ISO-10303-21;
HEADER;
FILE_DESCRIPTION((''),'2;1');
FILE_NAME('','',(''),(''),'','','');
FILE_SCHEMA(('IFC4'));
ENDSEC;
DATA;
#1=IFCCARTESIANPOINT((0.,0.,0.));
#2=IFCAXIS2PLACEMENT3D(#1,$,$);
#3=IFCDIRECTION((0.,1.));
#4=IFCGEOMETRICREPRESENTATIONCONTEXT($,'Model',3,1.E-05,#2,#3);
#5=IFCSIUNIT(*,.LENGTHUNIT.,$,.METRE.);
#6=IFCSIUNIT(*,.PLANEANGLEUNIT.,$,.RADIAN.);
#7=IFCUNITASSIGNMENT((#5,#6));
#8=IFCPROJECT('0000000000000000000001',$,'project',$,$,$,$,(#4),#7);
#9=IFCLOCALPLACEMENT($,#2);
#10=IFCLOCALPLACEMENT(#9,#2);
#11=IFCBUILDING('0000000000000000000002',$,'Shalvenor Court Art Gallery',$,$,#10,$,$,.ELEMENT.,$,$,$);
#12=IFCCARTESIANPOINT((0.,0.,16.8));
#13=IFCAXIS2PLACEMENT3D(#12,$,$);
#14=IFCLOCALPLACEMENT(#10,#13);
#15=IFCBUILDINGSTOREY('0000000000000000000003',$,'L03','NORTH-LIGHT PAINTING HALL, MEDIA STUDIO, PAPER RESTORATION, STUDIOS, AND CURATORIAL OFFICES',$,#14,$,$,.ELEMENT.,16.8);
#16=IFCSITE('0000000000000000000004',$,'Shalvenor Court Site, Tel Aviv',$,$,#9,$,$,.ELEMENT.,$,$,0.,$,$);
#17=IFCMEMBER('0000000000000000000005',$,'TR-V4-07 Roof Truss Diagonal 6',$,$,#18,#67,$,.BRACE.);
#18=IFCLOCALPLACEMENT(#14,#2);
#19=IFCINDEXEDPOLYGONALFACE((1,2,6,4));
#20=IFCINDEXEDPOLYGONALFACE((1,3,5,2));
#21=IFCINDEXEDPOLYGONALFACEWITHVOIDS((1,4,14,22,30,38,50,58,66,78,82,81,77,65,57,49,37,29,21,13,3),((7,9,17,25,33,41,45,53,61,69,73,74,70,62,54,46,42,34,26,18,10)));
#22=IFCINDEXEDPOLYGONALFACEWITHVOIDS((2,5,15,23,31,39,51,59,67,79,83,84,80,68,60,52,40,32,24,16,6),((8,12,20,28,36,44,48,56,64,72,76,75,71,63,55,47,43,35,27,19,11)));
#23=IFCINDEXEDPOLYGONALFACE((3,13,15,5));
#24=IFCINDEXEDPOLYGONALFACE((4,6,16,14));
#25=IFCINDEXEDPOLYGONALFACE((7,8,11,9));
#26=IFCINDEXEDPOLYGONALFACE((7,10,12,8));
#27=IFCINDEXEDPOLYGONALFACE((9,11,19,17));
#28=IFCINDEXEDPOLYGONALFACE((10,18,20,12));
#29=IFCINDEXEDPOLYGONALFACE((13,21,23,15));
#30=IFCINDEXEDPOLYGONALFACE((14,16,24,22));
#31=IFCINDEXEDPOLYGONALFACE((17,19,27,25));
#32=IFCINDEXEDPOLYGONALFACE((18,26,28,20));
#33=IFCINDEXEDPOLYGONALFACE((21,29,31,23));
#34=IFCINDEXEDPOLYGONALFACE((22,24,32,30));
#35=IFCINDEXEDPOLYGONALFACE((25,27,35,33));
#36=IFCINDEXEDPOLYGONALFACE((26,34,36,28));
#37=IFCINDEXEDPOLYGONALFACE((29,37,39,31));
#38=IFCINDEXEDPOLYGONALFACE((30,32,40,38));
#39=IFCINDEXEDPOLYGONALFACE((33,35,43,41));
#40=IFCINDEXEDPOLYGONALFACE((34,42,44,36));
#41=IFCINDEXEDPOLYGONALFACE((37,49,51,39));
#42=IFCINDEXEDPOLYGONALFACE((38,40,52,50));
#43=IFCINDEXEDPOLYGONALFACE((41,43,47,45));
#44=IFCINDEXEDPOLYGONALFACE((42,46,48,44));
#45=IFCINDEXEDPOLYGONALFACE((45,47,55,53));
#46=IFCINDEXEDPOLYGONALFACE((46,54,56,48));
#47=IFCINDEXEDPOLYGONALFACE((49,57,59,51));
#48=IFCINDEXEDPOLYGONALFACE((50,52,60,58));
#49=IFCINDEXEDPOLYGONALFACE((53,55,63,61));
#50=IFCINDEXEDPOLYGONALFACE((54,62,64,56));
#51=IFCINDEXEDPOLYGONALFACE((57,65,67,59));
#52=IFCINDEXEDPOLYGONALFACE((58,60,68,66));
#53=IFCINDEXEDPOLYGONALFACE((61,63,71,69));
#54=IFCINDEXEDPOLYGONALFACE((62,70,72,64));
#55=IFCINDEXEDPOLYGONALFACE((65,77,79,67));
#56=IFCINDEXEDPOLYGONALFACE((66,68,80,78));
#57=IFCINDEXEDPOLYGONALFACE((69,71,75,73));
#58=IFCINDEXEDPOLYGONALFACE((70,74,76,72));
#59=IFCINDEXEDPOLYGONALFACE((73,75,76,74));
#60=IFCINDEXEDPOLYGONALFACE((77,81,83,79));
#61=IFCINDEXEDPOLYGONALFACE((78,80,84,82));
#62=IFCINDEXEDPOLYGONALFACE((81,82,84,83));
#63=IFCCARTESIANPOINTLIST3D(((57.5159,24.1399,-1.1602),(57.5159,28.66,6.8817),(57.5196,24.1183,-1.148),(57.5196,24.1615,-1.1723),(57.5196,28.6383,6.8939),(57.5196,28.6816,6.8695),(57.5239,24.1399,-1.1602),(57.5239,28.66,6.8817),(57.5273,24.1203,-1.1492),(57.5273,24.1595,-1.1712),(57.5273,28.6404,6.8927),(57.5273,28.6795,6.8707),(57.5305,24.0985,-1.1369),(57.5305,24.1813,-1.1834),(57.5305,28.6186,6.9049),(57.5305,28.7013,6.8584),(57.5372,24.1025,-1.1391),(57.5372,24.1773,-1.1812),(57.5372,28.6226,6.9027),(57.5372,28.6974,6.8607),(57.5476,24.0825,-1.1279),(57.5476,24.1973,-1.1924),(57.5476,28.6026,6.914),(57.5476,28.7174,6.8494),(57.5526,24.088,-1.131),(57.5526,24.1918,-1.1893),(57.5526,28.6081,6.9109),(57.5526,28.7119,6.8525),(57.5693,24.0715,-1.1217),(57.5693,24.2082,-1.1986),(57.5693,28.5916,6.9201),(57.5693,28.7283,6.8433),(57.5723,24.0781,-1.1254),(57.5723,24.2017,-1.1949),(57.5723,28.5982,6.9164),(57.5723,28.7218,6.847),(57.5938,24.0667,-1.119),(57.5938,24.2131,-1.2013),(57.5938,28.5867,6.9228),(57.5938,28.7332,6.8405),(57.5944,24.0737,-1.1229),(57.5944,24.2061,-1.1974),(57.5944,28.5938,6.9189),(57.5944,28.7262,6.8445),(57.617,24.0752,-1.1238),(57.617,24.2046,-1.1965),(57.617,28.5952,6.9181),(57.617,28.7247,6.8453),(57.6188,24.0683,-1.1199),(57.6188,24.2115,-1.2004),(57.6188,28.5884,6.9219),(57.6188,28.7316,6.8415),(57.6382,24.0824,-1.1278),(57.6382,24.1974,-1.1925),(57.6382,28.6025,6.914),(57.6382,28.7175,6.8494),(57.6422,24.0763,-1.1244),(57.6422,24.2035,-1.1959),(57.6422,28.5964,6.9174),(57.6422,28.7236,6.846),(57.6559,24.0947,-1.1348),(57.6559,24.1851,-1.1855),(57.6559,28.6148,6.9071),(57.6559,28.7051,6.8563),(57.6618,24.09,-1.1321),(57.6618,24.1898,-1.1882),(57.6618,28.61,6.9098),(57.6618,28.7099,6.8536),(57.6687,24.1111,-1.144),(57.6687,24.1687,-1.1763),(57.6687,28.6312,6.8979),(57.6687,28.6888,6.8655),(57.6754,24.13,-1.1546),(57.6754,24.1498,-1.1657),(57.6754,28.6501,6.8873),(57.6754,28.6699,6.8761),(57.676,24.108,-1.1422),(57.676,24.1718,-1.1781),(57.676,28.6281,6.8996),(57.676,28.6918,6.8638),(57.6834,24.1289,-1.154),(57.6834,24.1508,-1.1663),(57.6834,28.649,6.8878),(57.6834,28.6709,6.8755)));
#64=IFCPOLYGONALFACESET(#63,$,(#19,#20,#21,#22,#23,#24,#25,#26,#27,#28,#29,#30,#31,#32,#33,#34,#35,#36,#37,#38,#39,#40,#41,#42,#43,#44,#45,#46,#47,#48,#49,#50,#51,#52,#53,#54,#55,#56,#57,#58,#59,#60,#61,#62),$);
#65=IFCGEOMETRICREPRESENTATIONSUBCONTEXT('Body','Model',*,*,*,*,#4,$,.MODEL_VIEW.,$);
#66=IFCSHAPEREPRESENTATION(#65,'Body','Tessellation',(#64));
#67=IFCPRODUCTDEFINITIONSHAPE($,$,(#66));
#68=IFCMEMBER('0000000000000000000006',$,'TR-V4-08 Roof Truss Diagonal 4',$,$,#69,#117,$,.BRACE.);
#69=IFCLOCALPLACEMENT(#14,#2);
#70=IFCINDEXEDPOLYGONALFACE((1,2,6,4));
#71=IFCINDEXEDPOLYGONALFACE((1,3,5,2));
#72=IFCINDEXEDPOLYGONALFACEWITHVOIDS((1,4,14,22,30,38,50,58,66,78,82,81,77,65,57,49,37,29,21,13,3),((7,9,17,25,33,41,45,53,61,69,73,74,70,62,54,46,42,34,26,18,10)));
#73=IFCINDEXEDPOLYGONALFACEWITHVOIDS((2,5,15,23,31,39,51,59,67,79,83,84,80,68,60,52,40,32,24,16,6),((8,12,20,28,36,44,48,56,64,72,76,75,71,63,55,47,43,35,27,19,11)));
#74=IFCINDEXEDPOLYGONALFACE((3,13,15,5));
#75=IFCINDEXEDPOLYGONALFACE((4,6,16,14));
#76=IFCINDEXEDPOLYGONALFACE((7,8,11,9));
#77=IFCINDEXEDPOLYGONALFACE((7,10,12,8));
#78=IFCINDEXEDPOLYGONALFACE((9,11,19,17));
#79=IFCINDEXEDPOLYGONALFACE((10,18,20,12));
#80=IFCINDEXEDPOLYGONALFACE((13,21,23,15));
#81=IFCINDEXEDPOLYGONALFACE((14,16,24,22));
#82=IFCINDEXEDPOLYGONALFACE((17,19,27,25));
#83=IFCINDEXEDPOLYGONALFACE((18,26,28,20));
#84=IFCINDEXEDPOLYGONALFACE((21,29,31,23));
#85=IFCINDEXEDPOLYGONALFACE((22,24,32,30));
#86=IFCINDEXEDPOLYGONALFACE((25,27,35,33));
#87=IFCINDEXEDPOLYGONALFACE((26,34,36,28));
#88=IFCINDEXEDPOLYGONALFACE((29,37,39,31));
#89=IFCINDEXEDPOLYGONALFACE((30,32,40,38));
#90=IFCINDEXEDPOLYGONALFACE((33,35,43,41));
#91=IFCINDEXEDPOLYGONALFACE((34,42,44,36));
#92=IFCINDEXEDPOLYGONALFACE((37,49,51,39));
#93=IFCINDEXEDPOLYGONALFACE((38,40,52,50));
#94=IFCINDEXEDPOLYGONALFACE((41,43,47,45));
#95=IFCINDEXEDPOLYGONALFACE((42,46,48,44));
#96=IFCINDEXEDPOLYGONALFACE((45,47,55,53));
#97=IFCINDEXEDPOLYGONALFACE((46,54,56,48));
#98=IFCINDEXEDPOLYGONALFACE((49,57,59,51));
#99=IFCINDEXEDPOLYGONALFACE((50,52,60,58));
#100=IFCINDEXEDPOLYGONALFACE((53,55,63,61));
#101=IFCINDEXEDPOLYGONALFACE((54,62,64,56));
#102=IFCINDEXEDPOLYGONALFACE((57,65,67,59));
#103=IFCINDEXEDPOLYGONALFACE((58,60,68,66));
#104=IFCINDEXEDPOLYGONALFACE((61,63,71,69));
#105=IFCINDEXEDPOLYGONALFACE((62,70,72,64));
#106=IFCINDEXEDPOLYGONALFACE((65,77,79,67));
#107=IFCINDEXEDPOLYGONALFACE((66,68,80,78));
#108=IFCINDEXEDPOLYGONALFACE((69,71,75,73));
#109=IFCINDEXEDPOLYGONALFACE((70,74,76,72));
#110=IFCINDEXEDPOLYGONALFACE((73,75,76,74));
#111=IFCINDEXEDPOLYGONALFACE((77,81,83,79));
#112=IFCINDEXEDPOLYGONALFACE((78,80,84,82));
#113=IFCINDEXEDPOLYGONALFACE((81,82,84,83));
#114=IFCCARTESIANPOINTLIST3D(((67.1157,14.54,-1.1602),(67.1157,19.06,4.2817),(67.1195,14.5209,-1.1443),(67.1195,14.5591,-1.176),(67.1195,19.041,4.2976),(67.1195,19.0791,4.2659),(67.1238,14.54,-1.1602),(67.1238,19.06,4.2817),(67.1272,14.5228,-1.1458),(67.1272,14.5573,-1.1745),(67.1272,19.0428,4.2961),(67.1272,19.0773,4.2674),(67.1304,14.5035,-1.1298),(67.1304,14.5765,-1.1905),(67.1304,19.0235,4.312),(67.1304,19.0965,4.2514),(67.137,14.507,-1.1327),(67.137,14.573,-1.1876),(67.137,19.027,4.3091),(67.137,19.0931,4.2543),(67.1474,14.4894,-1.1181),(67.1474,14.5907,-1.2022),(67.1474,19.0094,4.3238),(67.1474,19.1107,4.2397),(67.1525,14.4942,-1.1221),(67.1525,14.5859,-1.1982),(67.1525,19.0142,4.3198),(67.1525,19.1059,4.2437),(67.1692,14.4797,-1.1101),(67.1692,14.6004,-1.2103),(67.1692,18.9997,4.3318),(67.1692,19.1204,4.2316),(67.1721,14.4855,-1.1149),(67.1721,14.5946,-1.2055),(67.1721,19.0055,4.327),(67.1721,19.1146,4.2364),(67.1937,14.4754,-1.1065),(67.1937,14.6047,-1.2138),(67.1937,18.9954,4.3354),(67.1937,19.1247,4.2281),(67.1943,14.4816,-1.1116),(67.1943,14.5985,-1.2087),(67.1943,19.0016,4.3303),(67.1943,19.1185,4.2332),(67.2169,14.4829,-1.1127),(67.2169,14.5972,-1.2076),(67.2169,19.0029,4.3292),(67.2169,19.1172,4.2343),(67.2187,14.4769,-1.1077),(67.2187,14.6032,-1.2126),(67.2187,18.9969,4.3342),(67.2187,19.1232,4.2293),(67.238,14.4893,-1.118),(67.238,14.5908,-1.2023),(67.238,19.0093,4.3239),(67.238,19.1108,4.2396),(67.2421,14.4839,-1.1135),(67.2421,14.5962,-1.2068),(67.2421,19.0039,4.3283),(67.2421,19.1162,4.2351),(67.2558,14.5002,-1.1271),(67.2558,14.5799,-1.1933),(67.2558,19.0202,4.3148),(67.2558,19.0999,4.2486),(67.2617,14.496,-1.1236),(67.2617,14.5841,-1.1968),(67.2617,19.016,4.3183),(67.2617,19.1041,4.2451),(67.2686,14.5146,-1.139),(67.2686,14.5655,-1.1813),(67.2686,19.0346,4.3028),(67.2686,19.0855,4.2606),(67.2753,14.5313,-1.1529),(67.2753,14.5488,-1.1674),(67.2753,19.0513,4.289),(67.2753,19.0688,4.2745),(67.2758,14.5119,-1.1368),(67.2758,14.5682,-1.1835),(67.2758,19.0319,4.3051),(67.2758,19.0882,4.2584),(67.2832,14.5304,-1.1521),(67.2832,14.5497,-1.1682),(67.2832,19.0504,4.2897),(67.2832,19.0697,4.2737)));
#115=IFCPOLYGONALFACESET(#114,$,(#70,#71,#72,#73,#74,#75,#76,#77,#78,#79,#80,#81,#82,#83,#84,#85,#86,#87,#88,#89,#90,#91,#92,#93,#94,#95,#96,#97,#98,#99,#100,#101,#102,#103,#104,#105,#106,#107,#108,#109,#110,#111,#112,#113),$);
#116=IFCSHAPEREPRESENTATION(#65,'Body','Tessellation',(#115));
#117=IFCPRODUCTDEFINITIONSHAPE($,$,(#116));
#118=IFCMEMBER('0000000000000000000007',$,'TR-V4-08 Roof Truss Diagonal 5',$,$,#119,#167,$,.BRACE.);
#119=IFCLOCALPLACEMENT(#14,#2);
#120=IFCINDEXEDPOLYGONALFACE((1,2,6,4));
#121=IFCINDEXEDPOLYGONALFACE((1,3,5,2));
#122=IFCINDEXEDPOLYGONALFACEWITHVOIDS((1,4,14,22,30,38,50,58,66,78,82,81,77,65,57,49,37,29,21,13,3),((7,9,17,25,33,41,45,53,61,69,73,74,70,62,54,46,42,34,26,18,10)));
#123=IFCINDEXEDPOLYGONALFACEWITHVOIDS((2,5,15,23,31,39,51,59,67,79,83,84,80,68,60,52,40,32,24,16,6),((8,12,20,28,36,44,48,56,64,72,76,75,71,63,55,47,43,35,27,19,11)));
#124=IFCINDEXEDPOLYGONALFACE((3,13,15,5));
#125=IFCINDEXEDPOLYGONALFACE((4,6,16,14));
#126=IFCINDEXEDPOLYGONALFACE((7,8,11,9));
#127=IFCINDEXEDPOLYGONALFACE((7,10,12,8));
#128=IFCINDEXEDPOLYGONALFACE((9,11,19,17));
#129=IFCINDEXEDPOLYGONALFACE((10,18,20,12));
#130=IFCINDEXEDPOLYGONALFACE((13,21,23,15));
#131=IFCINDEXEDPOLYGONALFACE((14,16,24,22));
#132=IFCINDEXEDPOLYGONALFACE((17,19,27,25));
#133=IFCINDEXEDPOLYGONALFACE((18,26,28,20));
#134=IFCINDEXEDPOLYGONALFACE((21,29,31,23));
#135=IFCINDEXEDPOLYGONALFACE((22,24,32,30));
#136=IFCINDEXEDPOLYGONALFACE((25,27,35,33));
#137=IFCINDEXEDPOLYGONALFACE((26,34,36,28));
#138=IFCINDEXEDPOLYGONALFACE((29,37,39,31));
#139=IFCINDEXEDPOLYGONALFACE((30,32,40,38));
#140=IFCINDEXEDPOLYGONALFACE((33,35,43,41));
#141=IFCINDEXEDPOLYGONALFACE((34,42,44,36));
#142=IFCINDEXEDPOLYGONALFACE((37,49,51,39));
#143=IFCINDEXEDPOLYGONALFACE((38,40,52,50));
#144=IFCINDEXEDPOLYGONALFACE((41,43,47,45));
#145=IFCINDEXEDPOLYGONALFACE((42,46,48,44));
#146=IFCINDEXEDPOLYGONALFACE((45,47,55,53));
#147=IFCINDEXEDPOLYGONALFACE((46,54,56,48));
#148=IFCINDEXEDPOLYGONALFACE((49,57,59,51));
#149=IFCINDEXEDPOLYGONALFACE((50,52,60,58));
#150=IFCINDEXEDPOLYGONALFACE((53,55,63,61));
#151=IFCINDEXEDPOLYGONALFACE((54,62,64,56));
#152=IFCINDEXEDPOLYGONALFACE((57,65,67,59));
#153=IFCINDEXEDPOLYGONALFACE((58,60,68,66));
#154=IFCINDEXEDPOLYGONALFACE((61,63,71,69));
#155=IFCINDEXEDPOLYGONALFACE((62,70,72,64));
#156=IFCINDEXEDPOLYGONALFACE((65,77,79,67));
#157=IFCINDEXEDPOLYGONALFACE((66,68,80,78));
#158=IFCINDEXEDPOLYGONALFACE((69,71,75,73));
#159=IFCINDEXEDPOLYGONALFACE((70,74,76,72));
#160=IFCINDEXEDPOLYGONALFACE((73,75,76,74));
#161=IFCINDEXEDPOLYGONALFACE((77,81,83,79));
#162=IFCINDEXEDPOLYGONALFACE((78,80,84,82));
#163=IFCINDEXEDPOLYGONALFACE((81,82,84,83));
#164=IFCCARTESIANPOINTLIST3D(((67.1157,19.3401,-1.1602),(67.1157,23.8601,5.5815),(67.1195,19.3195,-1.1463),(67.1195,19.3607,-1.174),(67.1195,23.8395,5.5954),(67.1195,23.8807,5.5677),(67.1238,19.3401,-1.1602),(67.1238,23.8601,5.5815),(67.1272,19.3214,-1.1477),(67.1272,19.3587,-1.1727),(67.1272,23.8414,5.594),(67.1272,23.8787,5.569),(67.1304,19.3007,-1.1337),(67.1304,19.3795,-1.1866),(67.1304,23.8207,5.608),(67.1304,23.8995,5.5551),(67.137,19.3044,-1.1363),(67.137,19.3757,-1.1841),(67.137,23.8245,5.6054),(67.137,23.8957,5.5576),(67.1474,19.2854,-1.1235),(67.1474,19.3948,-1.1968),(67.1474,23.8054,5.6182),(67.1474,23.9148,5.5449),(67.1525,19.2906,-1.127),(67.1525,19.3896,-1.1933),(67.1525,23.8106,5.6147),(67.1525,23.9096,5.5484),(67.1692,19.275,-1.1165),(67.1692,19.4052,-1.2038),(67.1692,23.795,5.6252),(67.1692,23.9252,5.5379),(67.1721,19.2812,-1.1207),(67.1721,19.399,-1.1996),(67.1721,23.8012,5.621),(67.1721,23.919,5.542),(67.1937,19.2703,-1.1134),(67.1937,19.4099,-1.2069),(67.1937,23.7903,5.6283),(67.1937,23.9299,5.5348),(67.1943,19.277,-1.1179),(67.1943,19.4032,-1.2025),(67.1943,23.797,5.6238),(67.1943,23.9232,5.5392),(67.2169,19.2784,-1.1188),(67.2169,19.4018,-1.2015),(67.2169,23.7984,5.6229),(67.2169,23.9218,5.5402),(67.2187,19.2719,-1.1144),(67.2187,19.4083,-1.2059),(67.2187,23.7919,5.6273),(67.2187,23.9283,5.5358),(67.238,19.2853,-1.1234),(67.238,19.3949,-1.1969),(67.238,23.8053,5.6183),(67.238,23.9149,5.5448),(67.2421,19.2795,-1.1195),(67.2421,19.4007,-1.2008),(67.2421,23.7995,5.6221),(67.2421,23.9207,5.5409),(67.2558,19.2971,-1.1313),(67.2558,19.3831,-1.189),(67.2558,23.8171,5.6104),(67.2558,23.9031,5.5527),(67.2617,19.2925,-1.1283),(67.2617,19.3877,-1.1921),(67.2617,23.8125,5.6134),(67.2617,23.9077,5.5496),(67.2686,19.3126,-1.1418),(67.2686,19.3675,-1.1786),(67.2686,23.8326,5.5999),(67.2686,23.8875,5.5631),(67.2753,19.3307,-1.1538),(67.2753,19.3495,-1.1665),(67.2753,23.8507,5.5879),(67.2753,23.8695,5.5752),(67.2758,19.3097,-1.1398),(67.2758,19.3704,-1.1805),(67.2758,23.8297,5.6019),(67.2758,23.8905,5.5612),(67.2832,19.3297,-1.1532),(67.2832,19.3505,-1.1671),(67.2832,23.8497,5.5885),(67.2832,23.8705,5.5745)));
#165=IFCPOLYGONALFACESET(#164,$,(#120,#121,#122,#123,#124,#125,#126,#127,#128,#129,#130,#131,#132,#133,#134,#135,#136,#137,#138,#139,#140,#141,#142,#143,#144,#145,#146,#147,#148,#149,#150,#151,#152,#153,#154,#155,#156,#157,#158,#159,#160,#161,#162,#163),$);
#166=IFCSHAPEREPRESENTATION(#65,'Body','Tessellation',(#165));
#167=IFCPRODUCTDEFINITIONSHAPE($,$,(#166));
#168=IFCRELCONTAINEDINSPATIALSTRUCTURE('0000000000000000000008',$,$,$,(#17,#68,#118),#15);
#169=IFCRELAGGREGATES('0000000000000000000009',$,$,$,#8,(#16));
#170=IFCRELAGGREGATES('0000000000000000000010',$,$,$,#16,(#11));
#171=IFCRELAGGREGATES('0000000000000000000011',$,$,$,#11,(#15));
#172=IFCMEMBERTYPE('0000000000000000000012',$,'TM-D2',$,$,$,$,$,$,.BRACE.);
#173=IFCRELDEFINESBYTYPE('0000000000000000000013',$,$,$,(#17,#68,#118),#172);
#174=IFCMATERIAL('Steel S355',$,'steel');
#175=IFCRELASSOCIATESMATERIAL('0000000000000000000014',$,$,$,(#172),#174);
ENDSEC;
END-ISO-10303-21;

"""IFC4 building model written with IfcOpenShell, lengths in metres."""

from ifc_helpers import new_model, si_unit, direction, frame, origin, origin_2d, place, context, subcontext, project, spatial, hollow_circle, extrude, material, material_profile, profile_set, type_object, element, save


model = new_model("IFC4")

# Units and contexts
model_context = context("Model", 3, precision=1e-05, world=origin(), true_north=direction((0.0, 1.0)))
body_context = subcontext(model_context, "Body", "Model", "MODEL_VIEW")
ifc_project = project(units=[si_unit("LENGTHUNIT", "METRE"), si_unit("PLANEANGLEUNIT", "RADIAN")], contexts=[model_context])

# Site, building, storey
site_placement = place(None, origin())
site = spatial("IfcSite", under=ifc_project, at=site_placement, Name="Shalvenor Court Site, Tel Aviv", CompositionType="ELEMENT", RefElevation=0.0)
building_placement = place(site_placement, origin())
building = spatial("IfcBuilding", under=site, at=building_placement, Name="Shalvenor Court Art Gallery", CompositionType="ELEMENT")
storey_placement = place(building_placement, frame((0.0, 0.0, 16.8)))
storey = spatial("IfcBuildingStorey", under=building, at=storey_placement, Name="L03", Description="NORTH-LIGHT PAINTING HALL, MEDIA STUDIO, PAPER RESTORATION, STUDIOS, AND CURATORIAL OFFICES", CompositionType="ELEMENT", Elevation=16.8)

# Members
ifc_material_1 = material(Name="Steel S355", Category="steel")
ifc_material_profile_1 = material_profile(ifc_material_1, hollow_circle(Radius=0.0842, WallThickness=0.0081, at=origin_2d()), Name="CHS 168.3x8.0")
ifc_profile_set_1 = profile_set([ifc_material_profile_1], Name="Steel S355")
member_type_1 = type_object("IfcMemberType", Name="TM-D2", PredefinedType="BRACE", material=ifc_profile_set_1)
member_1_placement = place(storey_placement, frame((57.6001, 24.1399, -1.1602), z_axis=(0.0, 0.489976, 0.871736), x_axis=(-1.0, 0.0, 0.0)))
element("IfcMember", 1, at=member_1_placement, inside=storey, type_object=member_type_1, Name="TR-V4-07 Roof Truss Diagonal 6", PredefinedType="BRACE", context=body_context, shape_type="SweptSolid", body=[
    extrude(hollow_circle(Radius=0.0842, WallThickness=0.0081, at=origin_2d()), origin(), (0.0, 0.0, 1.0), 9.2251),
])
member_2_placement = place(storey_placement, frame((67.2, 14.54, -1.1602), z_axis=(0.0, 0.638941, 0.769256), x_axis=(-1.0, 0.0, 0.0)))
element("IfcMember", 2, at=member_2_placement, inside=storey, type_object=member_type_1, Name="TR-V4-08 Roof Truss Diagonal 4", PredefinedType="BRACE", context=body_context, shape_type="SweptSolid", body=[
    extrude(hollow_circle(Radius=0.0842, WallThickness=0.0081, at=origin_2d()), origin(), (0.0, 0.0, 1.0), 7.0742),
])
member_3_placement = place(storey_placement, frame((67.2, 19.3401, -1.1602), z_axis=(0.0, 0.556878, 0.830594), x_axis=(-1.0, 0.0, 0.0)))
element("IfcMember", 3, at=member_3_placement, inside=storey, type_object=member_type_1, Name="TR-V4-08 Roof Truss Diagonal 5", PredefinedType="BRACE", context=body_context, shape_type="SweptSolid", body=[
    extrude(hollow_circle(Radius=0.0842, WallThickness=0.0081, at=origin_2d()), origin(), (0.0, 0.0, 1.0), 8.1167),
])

save(model, "model.ifc")
